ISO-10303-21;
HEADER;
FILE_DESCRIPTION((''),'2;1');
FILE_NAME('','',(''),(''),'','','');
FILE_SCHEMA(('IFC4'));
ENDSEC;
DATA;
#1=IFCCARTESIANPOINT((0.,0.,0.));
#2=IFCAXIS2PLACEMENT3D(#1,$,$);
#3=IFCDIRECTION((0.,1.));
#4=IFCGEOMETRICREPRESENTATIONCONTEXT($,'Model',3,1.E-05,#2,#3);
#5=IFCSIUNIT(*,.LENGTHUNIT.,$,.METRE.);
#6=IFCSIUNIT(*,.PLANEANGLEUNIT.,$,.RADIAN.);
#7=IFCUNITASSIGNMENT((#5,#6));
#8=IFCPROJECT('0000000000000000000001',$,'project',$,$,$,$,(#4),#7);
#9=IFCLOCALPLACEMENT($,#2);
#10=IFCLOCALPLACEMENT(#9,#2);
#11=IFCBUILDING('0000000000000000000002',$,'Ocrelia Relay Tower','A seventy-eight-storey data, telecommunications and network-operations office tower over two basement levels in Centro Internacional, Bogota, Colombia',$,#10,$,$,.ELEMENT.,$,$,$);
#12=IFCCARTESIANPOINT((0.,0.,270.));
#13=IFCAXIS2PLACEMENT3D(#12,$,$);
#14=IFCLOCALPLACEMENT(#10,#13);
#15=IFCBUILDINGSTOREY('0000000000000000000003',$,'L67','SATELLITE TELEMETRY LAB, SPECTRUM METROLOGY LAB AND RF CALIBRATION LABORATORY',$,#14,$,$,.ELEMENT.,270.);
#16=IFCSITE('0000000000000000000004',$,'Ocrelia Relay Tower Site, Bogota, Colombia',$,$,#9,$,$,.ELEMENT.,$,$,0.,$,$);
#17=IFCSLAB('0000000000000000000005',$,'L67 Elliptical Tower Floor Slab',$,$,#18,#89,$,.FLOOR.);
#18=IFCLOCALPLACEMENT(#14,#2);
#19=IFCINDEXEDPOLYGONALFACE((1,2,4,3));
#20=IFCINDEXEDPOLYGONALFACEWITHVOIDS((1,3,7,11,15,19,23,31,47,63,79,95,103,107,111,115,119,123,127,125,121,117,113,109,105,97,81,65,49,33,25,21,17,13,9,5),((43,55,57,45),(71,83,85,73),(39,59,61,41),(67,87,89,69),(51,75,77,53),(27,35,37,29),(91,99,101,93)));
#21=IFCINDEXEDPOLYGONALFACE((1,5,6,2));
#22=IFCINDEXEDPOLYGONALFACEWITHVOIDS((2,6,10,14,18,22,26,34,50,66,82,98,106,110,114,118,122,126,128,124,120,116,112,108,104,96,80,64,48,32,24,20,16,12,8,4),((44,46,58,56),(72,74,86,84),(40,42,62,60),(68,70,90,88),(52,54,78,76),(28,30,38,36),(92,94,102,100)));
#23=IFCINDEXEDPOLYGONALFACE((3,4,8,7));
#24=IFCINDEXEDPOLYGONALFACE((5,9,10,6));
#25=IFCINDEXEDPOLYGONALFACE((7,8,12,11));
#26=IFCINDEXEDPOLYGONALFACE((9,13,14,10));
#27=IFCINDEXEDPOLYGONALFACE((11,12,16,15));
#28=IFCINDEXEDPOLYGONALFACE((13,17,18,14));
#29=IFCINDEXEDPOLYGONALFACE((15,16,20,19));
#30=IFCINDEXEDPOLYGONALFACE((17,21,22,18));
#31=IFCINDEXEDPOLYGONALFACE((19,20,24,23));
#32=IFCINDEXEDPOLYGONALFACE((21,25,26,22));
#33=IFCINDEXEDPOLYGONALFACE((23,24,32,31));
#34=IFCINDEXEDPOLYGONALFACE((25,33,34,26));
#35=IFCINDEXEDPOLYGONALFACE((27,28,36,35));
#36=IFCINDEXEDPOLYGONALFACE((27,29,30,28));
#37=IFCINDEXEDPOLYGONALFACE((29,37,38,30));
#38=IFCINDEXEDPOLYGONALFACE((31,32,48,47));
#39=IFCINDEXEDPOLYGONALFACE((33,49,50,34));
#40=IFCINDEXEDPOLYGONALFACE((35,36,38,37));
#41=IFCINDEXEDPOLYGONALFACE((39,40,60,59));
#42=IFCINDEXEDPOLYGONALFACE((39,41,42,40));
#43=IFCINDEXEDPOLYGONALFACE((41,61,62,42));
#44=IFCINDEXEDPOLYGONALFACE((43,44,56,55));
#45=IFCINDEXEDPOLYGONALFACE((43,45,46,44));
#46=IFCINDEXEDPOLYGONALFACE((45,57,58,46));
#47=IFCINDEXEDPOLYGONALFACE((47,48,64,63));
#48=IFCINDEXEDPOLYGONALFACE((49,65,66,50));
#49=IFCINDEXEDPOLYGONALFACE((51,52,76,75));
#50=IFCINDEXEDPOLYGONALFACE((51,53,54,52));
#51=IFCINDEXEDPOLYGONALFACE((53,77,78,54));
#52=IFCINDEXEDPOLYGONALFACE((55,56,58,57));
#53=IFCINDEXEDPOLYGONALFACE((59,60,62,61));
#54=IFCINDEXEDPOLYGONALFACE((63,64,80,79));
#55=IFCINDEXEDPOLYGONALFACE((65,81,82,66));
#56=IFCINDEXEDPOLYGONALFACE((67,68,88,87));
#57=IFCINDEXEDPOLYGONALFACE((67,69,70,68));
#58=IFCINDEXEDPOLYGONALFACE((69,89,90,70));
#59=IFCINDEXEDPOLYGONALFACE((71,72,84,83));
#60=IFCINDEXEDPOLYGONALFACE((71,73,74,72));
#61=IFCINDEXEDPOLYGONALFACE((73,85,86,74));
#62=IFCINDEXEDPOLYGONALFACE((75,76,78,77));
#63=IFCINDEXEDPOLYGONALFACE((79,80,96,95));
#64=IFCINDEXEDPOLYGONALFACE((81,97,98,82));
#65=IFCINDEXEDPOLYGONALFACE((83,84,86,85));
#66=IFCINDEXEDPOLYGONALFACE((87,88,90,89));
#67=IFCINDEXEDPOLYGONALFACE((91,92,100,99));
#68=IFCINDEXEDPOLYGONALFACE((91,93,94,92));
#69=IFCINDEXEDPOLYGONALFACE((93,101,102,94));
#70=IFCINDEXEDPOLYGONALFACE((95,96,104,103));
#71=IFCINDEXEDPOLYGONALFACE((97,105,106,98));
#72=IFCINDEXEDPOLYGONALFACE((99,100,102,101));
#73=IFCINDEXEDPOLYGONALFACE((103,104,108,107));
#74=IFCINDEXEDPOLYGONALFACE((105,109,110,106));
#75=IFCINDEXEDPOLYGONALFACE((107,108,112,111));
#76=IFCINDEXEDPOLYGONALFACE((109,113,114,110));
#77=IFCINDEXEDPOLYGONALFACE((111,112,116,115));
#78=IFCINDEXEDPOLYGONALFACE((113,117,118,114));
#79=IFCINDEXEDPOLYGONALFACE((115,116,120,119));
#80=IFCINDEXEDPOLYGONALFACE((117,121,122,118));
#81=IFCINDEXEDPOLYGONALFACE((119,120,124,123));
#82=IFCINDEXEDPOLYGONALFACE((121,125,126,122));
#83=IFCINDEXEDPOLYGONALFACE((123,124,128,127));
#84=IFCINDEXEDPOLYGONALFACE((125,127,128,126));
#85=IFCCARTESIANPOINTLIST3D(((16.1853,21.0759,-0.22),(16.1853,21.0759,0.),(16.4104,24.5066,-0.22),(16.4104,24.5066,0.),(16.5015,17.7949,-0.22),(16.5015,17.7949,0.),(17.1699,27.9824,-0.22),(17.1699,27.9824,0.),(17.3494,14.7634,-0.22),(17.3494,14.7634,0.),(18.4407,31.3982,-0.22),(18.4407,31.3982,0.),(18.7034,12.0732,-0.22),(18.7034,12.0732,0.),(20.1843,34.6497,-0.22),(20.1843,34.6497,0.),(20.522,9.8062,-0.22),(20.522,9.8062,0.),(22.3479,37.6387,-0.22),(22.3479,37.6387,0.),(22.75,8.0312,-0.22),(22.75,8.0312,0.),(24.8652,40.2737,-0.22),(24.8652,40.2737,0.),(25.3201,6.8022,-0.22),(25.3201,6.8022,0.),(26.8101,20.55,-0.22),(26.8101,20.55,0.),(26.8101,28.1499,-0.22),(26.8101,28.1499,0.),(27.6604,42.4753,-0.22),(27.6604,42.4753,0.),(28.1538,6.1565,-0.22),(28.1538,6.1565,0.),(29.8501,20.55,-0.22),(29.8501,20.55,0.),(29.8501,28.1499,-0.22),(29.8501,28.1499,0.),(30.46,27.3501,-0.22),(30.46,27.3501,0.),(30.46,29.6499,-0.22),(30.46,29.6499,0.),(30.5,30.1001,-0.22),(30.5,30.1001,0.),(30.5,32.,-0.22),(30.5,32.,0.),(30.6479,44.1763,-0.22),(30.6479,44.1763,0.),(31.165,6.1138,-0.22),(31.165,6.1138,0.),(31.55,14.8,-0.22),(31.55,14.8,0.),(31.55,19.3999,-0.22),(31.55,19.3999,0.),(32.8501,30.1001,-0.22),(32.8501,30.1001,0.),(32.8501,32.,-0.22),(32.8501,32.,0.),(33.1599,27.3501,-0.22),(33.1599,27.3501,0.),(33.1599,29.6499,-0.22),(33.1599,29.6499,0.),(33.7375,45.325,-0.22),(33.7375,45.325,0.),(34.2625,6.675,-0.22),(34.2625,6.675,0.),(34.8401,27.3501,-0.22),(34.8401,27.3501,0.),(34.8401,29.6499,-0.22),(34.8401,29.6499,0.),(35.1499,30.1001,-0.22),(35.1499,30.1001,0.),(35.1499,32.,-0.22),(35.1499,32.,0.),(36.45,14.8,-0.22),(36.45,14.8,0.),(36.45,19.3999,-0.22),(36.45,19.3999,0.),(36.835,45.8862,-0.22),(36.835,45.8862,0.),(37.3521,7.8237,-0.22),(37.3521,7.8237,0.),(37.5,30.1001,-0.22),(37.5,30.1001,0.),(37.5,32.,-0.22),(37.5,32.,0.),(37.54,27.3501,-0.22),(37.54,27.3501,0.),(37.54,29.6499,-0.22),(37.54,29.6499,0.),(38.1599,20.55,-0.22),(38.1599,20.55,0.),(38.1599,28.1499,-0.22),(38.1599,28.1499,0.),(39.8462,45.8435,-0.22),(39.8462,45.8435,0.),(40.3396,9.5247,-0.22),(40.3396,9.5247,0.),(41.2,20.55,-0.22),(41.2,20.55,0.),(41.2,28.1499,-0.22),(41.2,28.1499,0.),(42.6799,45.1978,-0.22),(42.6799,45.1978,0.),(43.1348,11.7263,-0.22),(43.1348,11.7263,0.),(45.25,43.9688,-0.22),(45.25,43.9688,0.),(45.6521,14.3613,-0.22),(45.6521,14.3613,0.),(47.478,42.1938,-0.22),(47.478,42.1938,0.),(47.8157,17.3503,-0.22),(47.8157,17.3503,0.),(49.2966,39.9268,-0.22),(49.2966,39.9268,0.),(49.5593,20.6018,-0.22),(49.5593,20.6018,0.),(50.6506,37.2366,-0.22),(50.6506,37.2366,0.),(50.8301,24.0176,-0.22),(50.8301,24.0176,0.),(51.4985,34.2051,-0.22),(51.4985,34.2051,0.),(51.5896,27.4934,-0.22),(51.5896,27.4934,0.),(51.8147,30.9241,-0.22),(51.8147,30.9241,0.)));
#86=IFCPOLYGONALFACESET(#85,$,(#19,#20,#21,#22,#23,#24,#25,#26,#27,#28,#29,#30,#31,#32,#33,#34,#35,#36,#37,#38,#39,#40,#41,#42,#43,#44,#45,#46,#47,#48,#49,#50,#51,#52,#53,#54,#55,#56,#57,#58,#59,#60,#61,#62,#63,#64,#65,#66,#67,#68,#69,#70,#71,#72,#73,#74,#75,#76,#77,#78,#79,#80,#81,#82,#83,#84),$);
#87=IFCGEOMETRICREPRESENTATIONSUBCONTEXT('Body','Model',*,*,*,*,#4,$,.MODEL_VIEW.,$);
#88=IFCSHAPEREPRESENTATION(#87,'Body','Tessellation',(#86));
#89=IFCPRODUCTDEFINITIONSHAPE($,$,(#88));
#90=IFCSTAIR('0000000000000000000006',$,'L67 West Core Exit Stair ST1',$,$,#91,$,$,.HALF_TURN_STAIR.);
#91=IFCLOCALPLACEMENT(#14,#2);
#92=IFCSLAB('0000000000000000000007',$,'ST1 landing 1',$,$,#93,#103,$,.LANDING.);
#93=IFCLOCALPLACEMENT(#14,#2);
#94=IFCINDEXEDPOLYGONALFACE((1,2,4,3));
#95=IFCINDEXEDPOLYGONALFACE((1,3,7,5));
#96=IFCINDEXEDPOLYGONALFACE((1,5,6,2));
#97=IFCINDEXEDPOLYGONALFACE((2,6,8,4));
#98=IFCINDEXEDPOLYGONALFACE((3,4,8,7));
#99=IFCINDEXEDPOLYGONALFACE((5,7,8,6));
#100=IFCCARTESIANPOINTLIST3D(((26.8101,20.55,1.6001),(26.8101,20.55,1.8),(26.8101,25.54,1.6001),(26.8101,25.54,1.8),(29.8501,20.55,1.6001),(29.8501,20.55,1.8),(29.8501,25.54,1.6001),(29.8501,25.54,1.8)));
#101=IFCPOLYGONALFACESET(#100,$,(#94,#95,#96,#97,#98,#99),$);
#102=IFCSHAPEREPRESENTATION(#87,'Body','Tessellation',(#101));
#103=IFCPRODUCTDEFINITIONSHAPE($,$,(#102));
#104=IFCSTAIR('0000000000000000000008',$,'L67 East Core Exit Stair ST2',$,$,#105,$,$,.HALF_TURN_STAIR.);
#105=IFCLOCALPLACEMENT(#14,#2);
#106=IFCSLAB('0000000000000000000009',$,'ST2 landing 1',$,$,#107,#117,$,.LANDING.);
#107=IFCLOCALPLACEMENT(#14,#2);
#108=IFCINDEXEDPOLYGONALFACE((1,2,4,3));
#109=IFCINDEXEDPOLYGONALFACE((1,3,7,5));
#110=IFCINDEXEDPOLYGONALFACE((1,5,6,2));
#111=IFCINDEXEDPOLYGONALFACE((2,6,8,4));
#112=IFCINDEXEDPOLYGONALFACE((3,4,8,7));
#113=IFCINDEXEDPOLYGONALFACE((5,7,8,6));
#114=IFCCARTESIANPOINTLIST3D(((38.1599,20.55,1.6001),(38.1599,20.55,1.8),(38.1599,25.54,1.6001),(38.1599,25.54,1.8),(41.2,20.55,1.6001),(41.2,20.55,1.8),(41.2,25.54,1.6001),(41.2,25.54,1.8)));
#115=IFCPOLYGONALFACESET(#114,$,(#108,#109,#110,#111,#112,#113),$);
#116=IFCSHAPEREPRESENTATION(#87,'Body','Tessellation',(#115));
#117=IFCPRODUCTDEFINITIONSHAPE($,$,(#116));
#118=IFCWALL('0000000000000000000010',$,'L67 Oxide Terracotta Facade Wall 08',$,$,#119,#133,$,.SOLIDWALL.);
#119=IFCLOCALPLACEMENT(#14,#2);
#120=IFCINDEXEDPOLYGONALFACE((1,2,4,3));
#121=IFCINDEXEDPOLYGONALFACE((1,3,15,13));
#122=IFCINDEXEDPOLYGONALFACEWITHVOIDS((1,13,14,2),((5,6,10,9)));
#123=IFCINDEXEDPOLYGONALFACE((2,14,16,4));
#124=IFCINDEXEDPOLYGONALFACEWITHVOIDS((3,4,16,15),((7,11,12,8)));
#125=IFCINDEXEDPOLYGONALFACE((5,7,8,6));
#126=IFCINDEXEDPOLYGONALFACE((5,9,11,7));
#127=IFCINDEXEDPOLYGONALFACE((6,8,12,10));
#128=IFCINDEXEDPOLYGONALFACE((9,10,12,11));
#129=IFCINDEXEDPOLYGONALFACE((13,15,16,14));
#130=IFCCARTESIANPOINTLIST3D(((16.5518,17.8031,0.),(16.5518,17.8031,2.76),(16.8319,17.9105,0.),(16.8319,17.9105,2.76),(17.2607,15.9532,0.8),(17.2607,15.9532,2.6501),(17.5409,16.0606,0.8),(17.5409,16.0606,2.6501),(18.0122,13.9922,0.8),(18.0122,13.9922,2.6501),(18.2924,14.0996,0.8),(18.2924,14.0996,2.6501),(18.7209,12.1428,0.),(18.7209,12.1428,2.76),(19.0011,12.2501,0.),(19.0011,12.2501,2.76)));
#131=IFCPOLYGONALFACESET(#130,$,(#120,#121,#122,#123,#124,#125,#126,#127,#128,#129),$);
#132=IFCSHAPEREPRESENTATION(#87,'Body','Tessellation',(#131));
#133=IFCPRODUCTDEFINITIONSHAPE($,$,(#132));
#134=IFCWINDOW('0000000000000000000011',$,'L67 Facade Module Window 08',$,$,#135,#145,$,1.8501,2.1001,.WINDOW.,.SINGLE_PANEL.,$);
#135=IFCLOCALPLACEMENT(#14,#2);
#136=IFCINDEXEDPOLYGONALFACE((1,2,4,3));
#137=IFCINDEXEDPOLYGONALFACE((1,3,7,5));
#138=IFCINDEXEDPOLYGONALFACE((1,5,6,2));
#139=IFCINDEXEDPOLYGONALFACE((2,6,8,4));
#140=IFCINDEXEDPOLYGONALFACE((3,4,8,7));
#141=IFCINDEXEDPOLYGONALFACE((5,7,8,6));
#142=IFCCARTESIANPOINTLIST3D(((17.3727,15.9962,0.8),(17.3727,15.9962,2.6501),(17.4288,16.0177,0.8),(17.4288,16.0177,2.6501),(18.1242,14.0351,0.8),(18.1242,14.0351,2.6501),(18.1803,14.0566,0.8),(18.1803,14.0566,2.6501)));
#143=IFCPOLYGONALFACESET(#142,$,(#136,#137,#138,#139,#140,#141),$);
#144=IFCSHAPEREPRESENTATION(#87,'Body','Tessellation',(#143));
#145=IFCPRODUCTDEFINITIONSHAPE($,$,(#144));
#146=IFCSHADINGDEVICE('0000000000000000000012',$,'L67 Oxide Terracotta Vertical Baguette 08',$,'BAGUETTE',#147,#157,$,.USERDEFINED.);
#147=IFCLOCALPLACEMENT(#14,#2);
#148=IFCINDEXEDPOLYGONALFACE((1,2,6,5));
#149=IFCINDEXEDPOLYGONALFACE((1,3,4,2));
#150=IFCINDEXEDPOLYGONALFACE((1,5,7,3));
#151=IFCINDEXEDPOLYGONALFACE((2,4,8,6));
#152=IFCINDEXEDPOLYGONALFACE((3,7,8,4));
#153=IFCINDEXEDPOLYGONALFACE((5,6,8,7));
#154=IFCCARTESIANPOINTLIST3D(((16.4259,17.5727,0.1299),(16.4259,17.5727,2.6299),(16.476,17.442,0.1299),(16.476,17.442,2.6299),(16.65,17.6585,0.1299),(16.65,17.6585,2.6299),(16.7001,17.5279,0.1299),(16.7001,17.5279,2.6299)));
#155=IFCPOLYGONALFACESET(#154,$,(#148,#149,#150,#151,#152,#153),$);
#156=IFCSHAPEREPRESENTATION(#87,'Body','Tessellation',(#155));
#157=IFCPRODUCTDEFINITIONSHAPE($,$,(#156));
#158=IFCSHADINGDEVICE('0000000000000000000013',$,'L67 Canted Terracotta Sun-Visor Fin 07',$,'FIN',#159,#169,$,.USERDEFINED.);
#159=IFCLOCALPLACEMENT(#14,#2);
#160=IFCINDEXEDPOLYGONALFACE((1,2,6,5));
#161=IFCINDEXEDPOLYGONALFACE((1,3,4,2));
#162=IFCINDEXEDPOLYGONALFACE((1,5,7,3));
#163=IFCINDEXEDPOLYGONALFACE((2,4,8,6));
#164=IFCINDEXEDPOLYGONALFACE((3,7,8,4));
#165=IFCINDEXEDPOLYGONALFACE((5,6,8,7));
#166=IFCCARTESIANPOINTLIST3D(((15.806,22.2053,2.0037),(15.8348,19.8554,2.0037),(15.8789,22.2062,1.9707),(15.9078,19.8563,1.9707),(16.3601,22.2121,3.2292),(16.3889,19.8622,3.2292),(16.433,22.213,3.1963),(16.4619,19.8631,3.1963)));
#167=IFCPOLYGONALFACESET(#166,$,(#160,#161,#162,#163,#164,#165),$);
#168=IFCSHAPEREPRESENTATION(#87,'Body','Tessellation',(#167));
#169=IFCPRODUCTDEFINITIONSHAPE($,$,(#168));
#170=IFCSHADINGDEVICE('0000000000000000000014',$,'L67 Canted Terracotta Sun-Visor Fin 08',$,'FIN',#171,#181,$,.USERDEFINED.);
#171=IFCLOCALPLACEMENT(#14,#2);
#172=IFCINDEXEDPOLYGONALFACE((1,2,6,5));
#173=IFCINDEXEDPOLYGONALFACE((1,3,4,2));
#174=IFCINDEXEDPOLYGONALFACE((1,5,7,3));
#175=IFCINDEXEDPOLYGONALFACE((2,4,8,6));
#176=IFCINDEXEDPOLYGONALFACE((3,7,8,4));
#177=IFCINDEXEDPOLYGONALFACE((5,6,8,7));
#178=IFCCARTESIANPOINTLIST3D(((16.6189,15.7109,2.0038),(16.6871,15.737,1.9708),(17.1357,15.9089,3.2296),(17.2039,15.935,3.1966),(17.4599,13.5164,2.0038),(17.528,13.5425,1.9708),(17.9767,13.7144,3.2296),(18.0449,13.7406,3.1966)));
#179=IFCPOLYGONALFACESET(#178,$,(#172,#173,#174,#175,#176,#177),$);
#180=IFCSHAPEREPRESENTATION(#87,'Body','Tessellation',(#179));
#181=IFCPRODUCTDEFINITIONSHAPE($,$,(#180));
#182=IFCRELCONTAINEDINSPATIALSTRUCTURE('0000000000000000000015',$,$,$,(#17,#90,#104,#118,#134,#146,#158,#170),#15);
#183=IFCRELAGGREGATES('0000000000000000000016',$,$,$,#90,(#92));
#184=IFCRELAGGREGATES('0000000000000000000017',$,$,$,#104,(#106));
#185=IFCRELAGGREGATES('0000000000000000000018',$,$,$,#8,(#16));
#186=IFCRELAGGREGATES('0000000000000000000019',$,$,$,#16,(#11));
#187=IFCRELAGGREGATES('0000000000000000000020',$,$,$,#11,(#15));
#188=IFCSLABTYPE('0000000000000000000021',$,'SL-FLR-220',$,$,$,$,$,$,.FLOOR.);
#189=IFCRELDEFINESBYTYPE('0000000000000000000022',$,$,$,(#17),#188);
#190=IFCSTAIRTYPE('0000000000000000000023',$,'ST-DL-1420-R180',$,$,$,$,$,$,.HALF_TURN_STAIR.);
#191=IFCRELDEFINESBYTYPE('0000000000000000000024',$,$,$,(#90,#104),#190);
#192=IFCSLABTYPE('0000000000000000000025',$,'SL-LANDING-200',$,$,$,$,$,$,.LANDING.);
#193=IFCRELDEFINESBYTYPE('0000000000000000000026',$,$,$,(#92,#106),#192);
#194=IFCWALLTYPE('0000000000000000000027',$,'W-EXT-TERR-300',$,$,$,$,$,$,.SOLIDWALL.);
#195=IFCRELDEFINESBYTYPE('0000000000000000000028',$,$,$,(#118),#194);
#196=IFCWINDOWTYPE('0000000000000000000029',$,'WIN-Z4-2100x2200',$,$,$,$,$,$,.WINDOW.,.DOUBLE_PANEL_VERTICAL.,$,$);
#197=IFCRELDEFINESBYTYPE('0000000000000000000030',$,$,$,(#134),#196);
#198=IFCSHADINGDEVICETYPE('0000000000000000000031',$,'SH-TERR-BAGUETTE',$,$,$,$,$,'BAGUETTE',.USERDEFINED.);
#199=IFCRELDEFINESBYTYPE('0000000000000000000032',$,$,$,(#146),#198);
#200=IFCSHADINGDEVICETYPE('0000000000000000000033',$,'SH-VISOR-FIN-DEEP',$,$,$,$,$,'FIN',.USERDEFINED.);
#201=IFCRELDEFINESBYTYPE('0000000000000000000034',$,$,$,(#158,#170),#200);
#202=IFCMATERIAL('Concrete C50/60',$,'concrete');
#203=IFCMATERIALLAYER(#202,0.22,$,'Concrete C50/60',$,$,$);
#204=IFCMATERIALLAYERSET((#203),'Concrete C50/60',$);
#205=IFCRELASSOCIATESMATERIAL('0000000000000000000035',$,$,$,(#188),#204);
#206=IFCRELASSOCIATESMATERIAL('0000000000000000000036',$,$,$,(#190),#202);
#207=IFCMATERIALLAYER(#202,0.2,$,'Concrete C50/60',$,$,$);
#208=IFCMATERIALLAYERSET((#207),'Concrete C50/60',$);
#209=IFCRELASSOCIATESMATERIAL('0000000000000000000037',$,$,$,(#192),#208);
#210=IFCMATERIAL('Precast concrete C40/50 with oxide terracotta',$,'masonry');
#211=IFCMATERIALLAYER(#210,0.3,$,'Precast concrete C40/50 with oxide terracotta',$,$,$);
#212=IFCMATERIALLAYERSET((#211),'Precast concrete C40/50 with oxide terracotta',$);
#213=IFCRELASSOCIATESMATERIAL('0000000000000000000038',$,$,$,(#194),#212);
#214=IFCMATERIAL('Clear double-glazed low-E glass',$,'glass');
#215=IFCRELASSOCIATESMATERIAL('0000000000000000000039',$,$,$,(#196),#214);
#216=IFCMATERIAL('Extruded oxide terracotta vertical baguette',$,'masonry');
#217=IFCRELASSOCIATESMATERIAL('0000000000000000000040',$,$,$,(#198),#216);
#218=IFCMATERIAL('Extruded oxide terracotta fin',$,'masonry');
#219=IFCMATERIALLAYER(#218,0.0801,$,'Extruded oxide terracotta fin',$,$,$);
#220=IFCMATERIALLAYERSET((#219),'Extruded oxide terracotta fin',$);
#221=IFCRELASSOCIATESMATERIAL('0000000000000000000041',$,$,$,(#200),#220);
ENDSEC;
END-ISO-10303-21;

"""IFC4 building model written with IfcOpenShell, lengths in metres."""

from ifc_helpers import new_model, si_unit, direction, frame, frame_2d, origin, origin_2d, place, context, subcontext, project, spatial, polyline, rectangle, outline, extrude, material, layer, layer_set, type_object, element, fill, aggregate, save


model = new_model("IFC4")

# Units and contexts
model_context = context("Model", 3, precision=1e-05, world=origin(), true_north=direction((0.0, 1.0)))
body_context = subcontext(model_context, "Body", "Model", "MODEL_VIEW")
ifc_project = project(units=[si_unit("LENGTHUNIT", "METRE"), si_unit("PLANEANGLEUNIT", "RADIAN")], contexts=[model_context])

# Site, building, storey
site_placement = place(None, origin())
site = spatial("IfcSite", under=ifc_project, at=site_placement, Name="Ocrelia Relay Tower Site, Bogota, Colombia", CompositionType="ELEMENT", RefElevation=0.0)
building_placement = place(site_placement, origin())
building = spatial("IfcBuilding", under=site, at=building_placement, Name="Ocrelia Relay Tower", Description="A seventy-eight-storey data, telecommunications and network-operations office tower over two basement levels in Centro Internacional, Bogota, Colombia", CompositionType="ELEMENT")
storey_placement = place(building_placement, frame((0.0, 0.0, 270.0)))
storey = spatial("IfcBuildingStorey", under=building, at=storey_placement, Name="L67", Description="SATELLITE TELEMETRY LAB, SPECTRUM METROLOGY LAB AND RF CALIBRATION LABORATORY", CompositionType="ELEMENT", Elevation=270.0)

# Shared definitions
ifc_material_1 = material(Name="Concrete C50/60", Category="concrete")

# Shared definitions
ifc_material_2 = material(Name="Clear double-glazed low-E glass", Category="glass")

# Slab
ifc_layer_1 = layer(ifc_material_1, 0.22, Name="Concrete C50/60")
ifc_layer_set_1 = layer_set([ifc_layer_1], Name="Concrete C50/60")
slab_type_1 = type_object("IfcSlabType", Name="SL-FLR-220", PredefinedType="FLOOR", material=ifc_layer_set_1)
slab_1_placement = place(storey_placement, frame((0.0, 0.0, -0.22)))
element("IfcSlab", 1, at=slab_1_placement, inside=storey, type_object=slab_type_1, Name="L67 Elliptical Tower Floor Slab", PredefinedType="FLOOR", context=body_context, shape_type="SweptSolid", body=[
    extrude(outline(polyline([(45.25, 43.9688), (42.6799, 45.1978), (39.8462, 45.8435), (36.835, 45.8862), (33.7375, 45.325), (30.6479, 44.1763), (27.6604, 42.4753), (24.8652, 40.2737), (22.3479, 37.6387), (20.1843, 34.6497), (18.4407, 31.3982), (17.1699, 27.9824), (16.4104, 24.5066), (16.1853, 21.0759), (16.5015, 17.7949), (17.3494, 14.7634), (18.7034, 12.0732), (20.522, 9.8062), (22.75, 8.0312), (25.3201, 6.8022), (28.1538, 6.1565), (31.165, 6.1138), (34.2625, 6.675), (37.3521, 7.8237), (40.3396, 9.5247), (43.1348, 11.7263), (45.6521, 14.3613), (47.8157, 17.3503), (49.5593, 20.6018), (50.8301, 24.0176), (51.5896, 27.4934), (51.8147, 30.9241), (51.4985, 34.2051), (50.6506, 37.2366), (49.2966, 39.9268), (47.478, 42.1938), (45.25, 43.9688)]), holes=[polyline([(26.8101, 28.1499), (26.8101, 20.55), (29.8501, 20.55), (29.8501, 28.1499), (26.8101, 28.1499)]), polyline([(38.1599, 28.1499), (38.1599, 20.55), (41.2, 20.55), (41.2, 28.1499), (38.1599, 28.1499)]), polyline([(30.46, 27.3501), (33.1599, 27.3501), (33.1599, 29.6499), (30.46, 29.6499), (30.46, 27.3501)]), polyline([(34.8401, 27.3501), (37.54, 27.3501), (37.54, 29.6499), (34.8401, 29.6499), (34.8401, 27.3501)]), polyline([(30.5, 30.1001), (32.8501, 30.1001), (32.8501, 32.0), (30.5, 32.0), (30.5, 30.1001)]), polyline([(35.1499, 30.1001), (37.5, 30.1001), (37.5, 32.0), (35.1499, 32.0), (35.1499, 30.1001)]), polyline([(31.55, 14.8), (36.45, 14.8), (36.45, 19.3999), (31.55, 19.3999), (31.55, 14.8)])]), origin(), (0.0, 0.0, 1.0), 0.22),
])

# Stairs, slabs
stair_type = type_object("IfcStairType", Name="ST-DL-1420-R180", PredefinedType="HALF_TURN_STAIR", material=ifc_material_1)
stair_1_placement = place(storey_placement, origin())
stair_1 = element("IfcStair", 2, at=stair_1_placement, inside=storey, type_object=stair_type, Name="L67 West Core Exit Stair ST1", PredefinedType="HALF_TURN_STAIR")
ifc_layer_2 = layer(ifc_material_1, 0.2, Name="Concrete C50/60")
ifc_layer_set_2 = layer_set([ifc_layer_2], Name="Concrete C50/60")
slab_type_2 = type_object("IfcSlabType", Name="SL-LANDING-200", PredefinedType="LANDING", material=ifc_layer_set_2)
slab_2_placement = place(storey_placement, frame((0.0, 0.0, 1.6001)))
slab_2 = element("IfcSlab", 3, at=slab_2_placement, type_object=slab_type_2, Name="ST1 landing 1", PredefinedType="LANDING", context=body_context, shape_type="SweptSolid", body=[
    extrude(outline(polyline([(26.8101, 25.54), (26.8101, 20.55), (29.8501, 20.55), (29.8501, 25.54), (26.8101, 25.54)])), origin(), (0.0, 0.0, 1.0), 0.2),
])
aggregate(stair_1, [slab_2])
stair_2_placement = place(storey_placement, origin())
stair_2 = element("IfcStair", 4, at=stair_2_placement, inside=storey, type_object=stair_type, Name="L67 East Core Exit Stair ST2", PredefinedType="HALF_TURN_STAIR")
slab_3_placement = place(storey_placement, frame((0.0, 0.0, 1.6001)))
slab_3 = element("IfcSlab", 5, at=slab_3_placement, type_object=slab_type_2, Name="ST2 landing 1", PredefinedType="LANDING", context=body_context, shape_type="SweptSolid", body=[
    extrude(outline(polyline([(38.1599, 25.54), (38.1599, 20.55), (41.2, 20.55), (41.2, 25.54), (38.1599, 25.54)])), origin(), (0.0, 0.0, 1.0), 0.2),
])
aggregate(stair_2, [slab_3])

# Wall, opening, window
ifc_material_3 = material(Name="Precast concrete C40/50 with oxide terracotta", Category="masonry")
ifc_layer_3 = layer(ifc_material_3, 0.3, Name="Precast concrete C40/50 with oxide terracotta")
ifc_layer_set_3 = layer_set([ifc_layer_3], Name="Precast concrete C40/50 with oxide terracotta")
wall_type_1 = type_object("IfcWallType", Name="W-EXT-TERR-300", PredefinedType="SOLIDWALL", material=ifc_layer_set_3)
wall_1_placement = place(storey_placement, frame((16.6919, 17.8567, 0.0), z_axis=(0.0, 0.0, 1.0), x_axis=(0.357845, -0.933781, 0.0)))
wall_1 = element("IfcWall", 6, at=wall_1_placement, inside=storey, type_object=wall_type_1, Name="L67 Oxide Terracotta Facade Wall 08", PredefinedType="SOLIDWALL", context=body_context, shape_type="SweptSolid", body=[
    extrude(rectangle(XDim=6.0618, YDim=0.3, at=frame_2d((3.0308, 0.0))), origin(), (0.0, 0.0, 1.0), 2.76),
])
opening_1_placement = place(wall_1_placement, frame((1.981, 0.0, 0.8)))
opening_1 = element("IfcOpeningElement", 7, at=opening_1_placement, cuts=wall_1, PredefinedType="OPENING", context=body_context, shape_type="SweptSolid", body=[
    extrude(rectangle(XDim=2.1001, YDim=1.8501, at=frame_2d((1.05, 0.925))), frame((0.0, 0.1602, 0.0), z_axis=(0.0, -1.0, 0.0), x_axis=(1.0, 0.0, 0.0)), (0.0, 0.0, 1.0), 0.3201),
])
window_type = type_object("IfcWindowType", Name="WIN-Z4-2100x2200", PartitioningType="DOUBLE_PANEL_VERTICAL", PredefinedType="WINDOW", material=ifc_material_2)
window_placement = place(opening_1_placement, origin())
window = element("IfcWindow", 8, at=window_placement, inside=storey, type_object=window_type, Name="L67 Facade Module Window 08", OverallHeight=1.8501, OverallWidth=2.1001, PartitioningType="SINGLE_PANEL", PredefinedType="WINDOW", context=body_context, shape_type="SweptSolid", body=[
    extrude(rectangle(XDim=2.1001, YDim=1.8501, at=frame_2d((1.05, 0.925))), frame((0.0, 0.03, 0.0), z_axis=(0.0, -1.0, 0.0), x_axis=(1.0, 0.0, 0.0)), (0.0, 0.0, 1.0), 0.0601),
])
fill(opening_1, window)

# Shading devices
ifc_material_4 = material(Name="Extruded oxide terracotta vertical baguette", Category="masonry")
shading_device_type_1 = type_object("IfcShadingDeviceType", Name="SH-TERR-BAGUETTE", ElementType="BAGUETTE", PredefinedType="USERDEFINED", material=ifc_material_4)
shading_device_1_placement = place(storey_placement, frame((16.563, 17.5503, 0.1299), z_axis=(0.0, 0.0, 1.0), x_axis=(0.357841, -0.933782, 0.0)))
element("IfcShadingDevice", 9, at=shading_device_1_placement, inside=storey, type_object=shading_device_type_1, Name="L67 Oxide Terracotta Vertical Baguette 08", ObjectType="BAGUETTE", PredefinedType="USERDEFINED", context=body_context, shape_type="SweptSolid", body=[
    extrude(rectangle(XDim=0.1399, YDim=0.24, at=origin_2d()), origin(), (0.0, 0.0, 1.0), 2.5),
])
ifc_material_5 = material(Name="Extruded oxide terracotta fin", Category="masonry")
ifc_layer_4 = layer(ifc_material_5, 0.0801, Name="Extruded oxide terracotta fin")
ifc_layer_set_4 = layer_set([ifc_layer_4], Name="Extruded oxide terracotta fin")
shading_device_type_2 = type_object("IfcShadingDeviceType", Name="SH-VISOR-FIN-DEEP", ElementType="FIN", PredefinedType="USERDEFINED", material=ifc_layer_set_4)
for number, where, z_axis, x_axis, name in (
    (10, (16.1704, 21.0347, 2.5835), (-0.911119, -0.011193, 0.411992), (0.012283, -0.999925, 0.0), "L67 Canted Terracotta Sun-Visor Fin 07"),
    (11, (17.366, 14.7388, 2.5837), (-0.851052, -0.326138, 0.411514), (0.357841, -0.933782, 0.0), "L67 Canted Terracotta Sun-Visor Fin 08"),
):
    element("IfcShadingDevice", number, at=place(storey_placement, frame(where, z_axis=z_axis, x_axis=x_axis)), inside=storey, type_object=shading_device_type_2, Name=name, ObjectType="FIN", PredefinedType="USERDEFINED", context=body_context, shape_type="SweptSolid", body=[
        extrude(rectangle(XDim=2.3501, YDim=1.345, at=origin_2d()), origin(), (0.0, 0.0, 1.0), 0.0801),
    ])

save(model, "model.ifc")
